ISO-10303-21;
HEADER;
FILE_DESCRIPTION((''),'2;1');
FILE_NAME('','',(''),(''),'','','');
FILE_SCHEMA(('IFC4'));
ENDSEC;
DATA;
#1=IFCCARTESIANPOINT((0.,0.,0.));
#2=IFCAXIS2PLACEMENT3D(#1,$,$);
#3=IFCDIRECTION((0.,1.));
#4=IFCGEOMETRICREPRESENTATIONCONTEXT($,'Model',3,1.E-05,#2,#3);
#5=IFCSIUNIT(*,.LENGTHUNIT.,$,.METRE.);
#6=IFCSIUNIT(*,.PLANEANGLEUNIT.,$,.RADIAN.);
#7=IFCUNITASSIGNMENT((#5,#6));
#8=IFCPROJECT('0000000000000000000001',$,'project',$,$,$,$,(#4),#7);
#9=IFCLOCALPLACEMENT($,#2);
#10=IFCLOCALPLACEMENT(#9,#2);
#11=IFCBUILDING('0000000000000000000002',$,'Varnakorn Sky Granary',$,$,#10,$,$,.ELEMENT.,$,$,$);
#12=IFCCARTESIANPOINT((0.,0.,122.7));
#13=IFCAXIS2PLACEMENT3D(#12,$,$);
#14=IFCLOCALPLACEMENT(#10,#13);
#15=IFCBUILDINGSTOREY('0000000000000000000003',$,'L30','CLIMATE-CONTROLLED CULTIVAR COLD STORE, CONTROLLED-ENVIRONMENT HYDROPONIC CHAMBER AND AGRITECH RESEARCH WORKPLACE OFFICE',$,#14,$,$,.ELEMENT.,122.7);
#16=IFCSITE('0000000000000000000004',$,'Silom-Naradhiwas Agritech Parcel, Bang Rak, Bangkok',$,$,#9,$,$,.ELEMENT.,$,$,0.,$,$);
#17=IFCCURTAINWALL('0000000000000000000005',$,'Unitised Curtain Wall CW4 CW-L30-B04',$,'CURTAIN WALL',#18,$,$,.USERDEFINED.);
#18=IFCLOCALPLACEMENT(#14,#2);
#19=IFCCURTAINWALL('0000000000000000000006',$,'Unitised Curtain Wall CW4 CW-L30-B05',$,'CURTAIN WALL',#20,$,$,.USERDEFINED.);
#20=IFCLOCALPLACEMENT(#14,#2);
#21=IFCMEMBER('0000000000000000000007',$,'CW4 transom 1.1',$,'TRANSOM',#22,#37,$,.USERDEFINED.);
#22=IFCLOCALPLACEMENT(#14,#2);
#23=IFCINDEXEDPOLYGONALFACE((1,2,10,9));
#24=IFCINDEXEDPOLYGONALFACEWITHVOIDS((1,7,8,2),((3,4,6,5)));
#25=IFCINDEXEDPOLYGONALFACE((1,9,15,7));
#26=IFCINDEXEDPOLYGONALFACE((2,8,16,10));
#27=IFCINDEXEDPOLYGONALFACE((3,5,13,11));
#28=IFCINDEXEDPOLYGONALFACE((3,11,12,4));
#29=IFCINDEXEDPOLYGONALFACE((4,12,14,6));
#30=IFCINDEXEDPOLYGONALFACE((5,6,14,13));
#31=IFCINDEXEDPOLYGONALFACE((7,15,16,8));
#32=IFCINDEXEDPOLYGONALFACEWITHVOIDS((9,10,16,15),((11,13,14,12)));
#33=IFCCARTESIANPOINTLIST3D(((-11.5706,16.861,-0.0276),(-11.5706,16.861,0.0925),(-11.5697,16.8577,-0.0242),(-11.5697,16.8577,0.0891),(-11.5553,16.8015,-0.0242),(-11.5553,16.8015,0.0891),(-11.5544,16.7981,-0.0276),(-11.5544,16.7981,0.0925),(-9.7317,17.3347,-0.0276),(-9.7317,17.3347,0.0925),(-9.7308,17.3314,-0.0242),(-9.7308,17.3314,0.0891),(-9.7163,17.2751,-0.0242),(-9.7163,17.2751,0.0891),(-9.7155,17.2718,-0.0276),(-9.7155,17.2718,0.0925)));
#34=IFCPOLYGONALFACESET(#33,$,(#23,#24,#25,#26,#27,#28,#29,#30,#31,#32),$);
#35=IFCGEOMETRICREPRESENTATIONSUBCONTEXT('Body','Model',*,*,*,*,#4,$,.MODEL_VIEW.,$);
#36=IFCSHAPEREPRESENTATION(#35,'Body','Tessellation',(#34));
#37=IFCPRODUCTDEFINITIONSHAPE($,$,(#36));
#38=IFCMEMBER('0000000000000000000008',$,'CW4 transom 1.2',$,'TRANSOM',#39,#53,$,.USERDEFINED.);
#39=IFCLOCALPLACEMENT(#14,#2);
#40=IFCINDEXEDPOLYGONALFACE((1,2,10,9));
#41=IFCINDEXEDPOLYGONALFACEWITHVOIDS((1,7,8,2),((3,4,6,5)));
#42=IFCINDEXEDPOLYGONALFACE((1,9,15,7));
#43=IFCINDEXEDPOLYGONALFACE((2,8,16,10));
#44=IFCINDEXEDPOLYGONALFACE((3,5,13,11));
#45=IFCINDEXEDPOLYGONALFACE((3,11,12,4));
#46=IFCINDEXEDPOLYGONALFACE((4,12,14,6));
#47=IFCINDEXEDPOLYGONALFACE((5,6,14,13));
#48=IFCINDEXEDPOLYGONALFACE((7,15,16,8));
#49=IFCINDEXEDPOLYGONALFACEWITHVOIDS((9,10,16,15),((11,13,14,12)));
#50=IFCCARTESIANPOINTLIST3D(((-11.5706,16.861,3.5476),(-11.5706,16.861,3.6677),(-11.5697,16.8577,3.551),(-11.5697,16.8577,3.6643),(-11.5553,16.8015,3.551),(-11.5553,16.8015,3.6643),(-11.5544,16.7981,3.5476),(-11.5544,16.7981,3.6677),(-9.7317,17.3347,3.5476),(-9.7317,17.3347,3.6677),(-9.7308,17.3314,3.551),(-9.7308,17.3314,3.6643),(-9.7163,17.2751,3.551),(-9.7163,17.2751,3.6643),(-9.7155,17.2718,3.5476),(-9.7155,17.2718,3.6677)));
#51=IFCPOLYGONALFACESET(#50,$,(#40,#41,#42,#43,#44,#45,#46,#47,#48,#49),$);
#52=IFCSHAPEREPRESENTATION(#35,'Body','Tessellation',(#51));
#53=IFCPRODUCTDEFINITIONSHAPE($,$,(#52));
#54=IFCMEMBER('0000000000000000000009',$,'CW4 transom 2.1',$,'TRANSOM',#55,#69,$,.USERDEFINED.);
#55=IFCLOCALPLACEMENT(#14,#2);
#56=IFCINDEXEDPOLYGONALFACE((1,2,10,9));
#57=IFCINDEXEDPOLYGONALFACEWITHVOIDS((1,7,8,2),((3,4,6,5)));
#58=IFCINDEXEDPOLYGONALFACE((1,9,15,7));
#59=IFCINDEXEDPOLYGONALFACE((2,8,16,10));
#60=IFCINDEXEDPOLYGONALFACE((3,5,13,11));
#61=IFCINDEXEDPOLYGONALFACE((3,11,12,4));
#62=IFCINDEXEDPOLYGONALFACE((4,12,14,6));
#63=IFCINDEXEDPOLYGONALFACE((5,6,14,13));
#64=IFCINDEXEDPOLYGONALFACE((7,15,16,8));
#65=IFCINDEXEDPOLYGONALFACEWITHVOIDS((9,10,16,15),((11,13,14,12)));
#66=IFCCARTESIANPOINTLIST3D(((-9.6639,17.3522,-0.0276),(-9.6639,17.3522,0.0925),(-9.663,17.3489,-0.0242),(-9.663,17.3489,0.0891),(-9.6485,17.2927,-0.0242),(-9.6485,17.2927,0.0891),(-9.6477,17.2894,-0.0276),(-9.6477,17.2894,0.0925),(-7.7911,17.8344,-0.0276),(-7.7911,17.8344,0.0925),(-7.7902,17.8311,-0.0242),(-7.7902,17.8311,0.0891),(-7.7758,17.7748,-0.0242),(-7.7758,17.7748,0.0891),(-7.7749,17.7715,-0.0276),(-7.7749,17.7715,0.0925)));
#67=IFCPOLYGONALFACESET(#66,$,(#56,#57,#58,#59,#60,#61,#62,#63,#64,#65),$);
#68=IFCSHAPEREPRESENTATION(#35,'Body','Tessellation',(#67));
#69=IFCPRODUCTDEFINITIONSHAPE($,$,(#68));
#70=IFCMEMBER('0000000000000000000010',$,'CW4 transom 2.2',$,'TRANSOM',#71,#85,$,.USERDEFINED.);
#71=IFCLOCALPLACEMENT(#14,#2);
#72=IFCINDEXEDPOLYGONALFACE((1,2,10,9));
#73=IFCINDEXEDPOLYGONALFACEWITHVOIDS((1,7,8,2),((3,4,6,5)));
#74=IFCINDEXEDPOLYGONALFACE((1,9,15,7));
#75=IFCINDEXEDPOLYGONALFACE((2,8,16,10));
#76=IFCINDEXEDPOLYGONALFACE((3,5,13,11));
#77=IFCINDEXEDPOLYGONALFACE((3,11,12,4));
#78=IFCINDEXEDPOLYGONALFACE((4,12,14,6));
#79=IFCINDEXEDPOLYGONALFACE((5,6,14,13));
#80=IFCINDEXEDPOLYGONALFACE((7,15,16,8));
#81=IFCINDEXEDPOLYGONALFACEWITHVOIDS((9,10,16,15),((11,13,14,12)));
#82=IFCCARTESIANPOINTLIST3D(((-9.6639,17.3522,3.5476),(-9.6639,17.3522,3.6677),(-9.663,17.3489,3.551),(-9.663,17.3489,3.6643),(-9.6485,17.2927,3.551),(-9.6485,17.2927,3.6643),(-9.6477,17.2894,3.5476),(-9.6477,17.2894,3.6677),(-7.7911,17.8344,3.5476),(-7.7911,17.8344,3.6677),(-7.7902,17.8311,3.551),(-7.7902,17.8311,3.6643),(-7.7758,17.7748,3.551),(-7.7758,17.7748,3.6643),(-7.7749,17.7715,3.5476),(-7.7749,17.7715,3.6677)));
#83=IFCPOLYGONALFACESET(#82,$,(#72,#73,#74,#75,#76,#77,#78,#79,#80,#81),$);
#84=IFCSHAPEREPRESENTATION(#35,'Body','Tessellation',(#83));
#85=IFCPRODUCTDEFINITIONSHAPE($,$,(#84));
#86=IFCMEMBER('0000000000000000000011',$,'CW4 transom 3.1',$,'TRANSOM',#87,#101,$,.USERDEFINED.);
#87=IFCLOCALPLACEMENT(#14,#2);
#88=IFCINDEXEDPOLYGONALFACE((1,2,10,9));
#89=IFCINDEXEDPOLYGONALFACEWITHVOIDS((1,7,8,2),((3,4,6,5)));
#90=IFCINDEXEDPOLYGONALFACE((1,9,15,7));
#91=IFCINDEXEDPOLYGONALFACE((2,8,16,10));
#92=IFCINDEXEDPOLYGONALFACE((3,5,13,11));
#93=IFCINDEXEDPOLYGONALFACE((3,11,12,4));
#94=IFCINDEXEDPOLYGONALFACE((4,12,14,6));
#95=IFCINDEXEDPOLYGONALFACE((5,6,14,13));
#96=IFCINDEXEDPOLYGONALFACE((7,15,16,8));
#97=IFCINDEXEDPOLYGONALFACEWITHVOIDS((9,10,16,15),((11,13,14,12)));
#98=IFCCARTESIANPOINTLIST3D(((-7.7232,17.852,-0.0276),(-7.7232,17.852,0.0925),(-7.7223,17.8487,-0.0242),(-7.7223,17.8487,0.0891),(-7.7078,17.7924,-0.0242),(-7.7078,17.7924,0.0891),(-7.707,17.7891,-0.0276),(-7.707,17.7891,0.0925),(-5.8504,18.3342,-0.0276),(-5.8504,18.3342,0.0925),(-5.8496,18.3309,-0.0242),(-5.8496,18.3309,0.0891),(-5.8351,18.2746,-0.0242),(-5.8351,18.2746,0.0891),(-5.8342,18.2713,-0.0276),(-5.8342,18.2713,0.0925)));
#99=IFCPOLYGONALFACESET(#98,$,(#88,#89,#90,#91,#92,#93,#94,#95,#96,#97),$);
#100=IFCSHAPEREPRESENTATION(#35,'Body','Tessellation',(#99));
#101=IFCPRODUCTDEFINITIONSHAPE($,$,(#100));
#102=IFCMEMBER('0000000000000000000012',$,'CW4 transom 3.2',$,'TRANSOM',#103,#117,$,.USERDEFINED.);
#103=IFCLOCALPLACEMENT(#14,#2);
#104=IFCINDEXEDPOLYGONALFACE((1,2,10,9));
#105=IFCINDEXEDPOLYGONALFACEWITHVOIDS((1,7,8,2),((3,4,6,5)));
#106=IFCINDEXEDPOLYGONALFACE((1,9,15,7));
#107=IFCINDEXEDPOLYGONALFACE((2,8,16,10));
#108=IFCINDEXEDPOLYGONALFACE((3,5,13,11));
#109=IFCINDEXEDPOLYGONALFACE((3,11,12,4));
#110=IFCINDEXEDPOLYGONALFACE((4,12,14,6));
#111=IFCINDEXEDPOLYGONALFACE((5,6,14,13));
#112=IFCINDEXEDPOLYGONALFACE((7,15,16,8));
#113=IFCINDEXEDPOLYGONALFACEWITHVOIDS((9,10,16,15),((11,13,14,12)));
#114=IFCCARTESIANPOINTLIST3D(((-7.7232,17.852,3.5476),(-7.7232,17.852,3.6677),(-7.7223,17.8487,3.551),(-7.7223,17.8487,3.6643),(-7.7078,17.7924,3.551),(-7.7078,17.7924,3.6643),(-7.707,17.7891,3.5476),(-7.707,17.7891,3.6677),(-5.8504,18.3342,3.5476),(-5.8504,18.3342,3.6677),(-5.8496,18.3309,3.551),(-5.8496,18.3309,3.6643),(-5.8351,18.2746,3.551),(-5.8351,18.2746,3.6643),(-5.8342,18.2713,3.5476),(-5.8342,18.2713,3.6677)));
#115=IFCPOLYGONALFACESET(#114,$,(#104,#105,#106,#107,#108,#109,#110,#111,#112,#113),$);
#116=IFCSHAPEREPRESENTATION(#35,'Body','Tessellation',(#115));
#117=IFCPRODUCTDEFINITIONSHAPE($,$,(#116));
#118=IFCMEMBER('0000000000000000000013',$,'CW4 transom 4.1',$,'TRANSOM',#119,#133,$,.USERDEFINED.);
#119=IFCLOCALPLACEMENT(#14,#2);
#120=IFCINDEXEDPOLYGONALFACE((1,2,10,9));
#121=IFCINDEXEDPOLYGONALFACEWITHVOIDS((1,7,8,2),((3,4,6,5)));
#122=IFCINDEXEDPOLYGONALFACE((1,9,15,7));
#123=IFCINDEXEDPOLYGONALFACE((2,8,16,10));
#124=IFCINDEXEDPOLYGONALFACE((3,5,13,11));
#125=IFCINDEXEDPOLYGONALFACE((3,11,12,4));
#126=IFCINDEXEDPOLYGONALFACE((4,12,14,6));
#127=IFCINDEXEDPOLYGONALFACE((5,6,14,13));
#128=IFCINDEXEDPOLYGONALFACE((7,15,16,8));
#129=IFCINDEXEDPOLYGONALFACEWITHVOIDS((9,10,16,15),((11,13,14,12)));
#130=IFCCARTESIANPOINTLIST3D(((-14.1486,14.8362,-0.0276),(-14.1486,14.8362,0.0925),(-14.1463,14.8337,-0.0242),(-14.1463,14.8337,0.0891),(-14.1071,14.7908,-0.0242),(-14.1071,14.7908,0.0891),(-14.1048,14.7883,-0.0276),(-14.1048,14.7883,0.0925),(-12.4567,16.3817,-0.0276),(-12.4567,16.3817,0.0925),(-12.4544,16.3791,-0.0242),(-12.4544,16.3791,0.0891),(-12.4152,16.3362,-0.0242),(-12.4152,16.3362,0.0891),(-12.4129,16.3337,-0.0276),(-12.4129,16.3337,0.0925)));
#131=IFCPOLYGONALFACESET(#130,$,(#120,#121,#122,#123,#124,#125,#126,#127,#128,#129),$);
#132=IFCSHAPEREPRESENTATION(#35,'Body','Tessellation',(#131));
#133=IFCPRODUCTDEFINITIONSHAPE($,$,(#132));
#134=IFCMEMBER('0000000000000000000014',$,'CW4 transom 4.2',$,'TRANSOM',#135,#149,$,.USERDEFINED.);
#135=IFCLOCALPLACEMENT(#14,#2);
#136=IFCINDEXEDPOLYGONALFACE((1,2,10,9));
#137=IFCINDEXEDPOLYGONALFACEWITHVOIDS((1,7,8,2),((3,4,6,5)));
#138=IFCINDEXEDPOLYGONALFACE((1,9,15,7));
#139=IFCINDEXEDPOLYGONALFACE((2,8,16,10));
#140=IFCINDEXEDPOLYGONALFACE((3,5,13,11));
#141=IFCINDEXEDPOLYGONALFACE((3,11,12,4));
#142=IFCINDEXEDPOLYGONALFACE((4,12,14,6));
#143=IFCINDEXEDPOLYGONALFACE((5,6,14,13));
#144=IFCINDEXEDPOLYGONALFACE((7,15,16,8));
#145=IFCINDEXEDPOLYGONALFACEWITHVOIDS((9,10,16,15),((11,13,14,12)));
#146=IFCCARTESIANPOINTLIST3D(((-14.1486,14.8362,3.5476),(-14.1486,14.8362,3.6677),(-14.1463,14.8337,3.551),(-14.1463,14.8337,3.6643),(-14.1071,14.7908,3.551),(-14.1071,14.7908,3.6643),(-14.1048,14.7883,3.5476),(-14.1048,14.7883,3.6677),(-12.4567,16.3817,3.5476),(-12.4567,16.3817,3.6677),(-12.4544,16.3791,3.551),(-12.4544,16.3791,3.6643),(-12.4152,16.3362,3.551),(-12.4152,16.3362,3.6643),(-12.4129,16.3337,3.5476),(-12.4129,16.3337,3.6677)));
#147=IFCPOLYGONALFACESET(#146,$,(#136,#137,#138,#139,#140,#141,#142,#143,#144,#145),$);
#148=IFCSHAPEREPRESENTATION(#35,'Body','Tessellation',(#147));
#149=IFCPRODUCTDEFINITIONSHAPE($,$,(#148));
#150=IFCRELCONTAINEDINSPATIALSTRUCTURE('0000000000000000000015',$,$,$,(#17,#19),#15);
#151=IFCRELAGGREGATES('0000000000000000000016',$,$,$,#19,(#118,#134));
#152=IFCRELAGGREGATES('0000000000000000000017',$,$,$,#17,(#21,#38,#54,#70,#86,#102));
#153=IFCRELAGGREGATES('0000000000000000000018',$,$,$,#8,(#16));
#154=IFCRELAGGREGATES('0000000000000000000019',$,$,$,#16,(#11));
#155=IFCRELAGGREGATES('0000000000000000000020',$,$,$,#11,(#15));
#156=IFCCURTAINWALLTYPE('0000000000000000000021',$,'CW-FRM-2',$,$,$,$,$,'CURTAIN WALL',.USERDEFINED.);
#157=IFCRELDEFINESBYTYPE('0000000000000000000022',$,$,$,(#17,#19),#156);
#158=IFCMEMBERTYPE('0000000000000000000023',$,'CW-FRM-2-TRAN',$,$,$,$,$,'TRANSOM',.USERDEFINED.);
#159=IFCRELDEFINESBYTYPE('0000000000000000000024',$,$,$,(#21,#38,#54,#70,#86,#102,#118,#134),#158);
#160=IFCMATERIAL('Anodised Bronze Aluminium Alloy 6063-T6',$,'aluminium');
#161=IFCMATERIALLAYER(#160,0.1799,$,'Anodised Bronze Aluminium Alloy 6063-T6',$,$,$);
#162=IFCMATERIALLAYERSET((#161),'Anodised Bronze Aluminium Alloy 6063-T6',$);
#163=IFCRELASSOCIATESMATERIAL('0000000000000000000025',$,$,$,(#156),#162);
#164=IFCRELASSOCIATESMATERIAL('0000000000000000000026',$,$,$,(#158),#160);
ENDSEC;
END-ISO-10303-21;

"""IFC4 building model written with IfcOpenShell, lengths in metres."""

from ifc_helpers import new_model, si_unit, direction, frame, origin, origin_2d, place, context, subcontext, project, spatial, hollow_rectangle, extrude, material, layer, layer_set, material_profile, profile_set, type_object, element, aggregate, save


model = new_model("IFC4")

# Units and contexts
model_context = context("Model", 3, precision=1e-05, world=origin(), true_north=direction((0.0, 1.0)))
body_context = subcontext(model_context, "Body", "Model", "MODEL_VIEW")
ifc_project = project(units=[si_unit("LENGTHUNIT", "METRE"), si_unit("PLANEANGLEUNIT", "RADIAN")], contexts=[model_context])

# Site, building, storey
site_placement = place(None, origin())
site = spatial("IfcSite", under=ifc_project, at=site_placement, Name="Silom-Naradhiwas Agritech Parcel, Bang Rak, Bangkok", CompositionType="ELEMENT", RefElevation=0.0)
building_placement = place(site_placement, origin())
building = spatial("IfcBuilding", under=site, at=building_placement, Name="Varnakorn Sky Granary", CompositionType="ELEMENT")
storey_placement = place(building_placement, frame((0.0, 0.0, 122.7)))
storey = spatial("IfcBuildingStorey", under=building, at=storey_placement, Name="L30", Description="CLIMATE-CONTROLLED CULTIVAR COLD STORE, CONTROLLED-ENVIRONMENT HYDROPONIC CHAMBER AND AGRITECH RESEARCH WORKPLACE OFFICE", CompositionType="ELEMENT", Elevation=122.7)

# Curtain walls
ifc_material_1 = material(Name="Anodised Bronze Aluminium Alloy 6063-T6", Category="aluminium")
ifc_layer_1 = layer(ifc_material_1, 0.1799, Name="Anodised Bronze Aluminium Alloy 6063-T6")
ifc_layer_set_1 = layer_set([ifc_layer_1], Name="Anodised Bronze Aluminium Alloy 6063-T6")
curtain_wall_type = type_object("IfcCurtainWallType", Name="CW-FRM-2", ElementType="CURTAIN WALL", PredefinedType="USERDEFINED", material=ifc_layer_set_1)
curtain_wall_1_placement = place(storey_placement, origin())
curtain_wall_1 = element("IfcCurtainWall", 1, at=curtain_wall_1_placement, inside=storey, type_object=curtain_wall_type, Name="Unitised Curtain Wall CW4 CW-L30-B04", ObjectType="CURTAIN WALL", PredefinedType="USERDEFINED")
curtain_wall_2_placement = place(storey_placement, origin())
curtain_wall_2 = element("IfcCurtainWall", 2, at=curtain_wall_2_placement, inside=storey, type_object=curtain_wall_type, Name="Unitised Curtain Wall CW4 CW-L30-B05", ObjectType="CURTAIN WALL", PredefinedType="USERDEFINED")

# Members
ifc_material_profile_1 = material_profile(ifc_material_1, hollow_rectangle(XDim=0.0649, YDim=0.1201, WallThickness=0.0034, at=origin_2d()), Name="ALU TRAN 65x120")
ifc_profile_set_1 = profile_set([ifc_material_profile_1], Name="Anodised Bronze Aluminium Alloy 6063-T6")
member_type_1 = type_object("IfcMemberType", Name="CW-FRM-2-TRAN", ElementType="TRANSOM", PredefinedType="USERDEFINED", material=ifc_profile_set_1)
member_1_placement = place(storey_placement, frame((-11.5625, 16.8296, 0.0325), z_axis=(0.968394, 0.249427, 0.0), x_axis=(-0.249427, 0.968394, 0.0)))
member_1 = element("IfcMember", 3, at=member_1_placement, type_object=member_type_1, Name="CW4 transom 1.1", ObjectType="TRANSOM", PredefinedType="USERDEFINED", context=body_context, shape_type="SweptSolid", body=[
    extrude(hollow_rectangle(XDim=0.0649, YDim=0.1201, WallThickness=0.0034, at=origin_2d()), origin(), (0.0, 0.0, 1.0), 1.8989),
])
member_2_placement = place(storey_placement, frame((-11.5625, 16.8296, 3.6077), z_axis=(0.968394, 0.249427, 0.0), x_axis=(-0.249427, 0.968394, 0.0)))
member_2 = element("IfcMember", 4, at=member_2_placement, type_object=member_type_1, Name="CW4 transom 1.2", ObjectType="TRANSOM", PredefinedType="USERDEFINED", context=body_context, shape_type="SweptSolid", body=[
    extrude(hollow_rectangle(XDim=0.0649, YDim=0.1201, WallThickness=0.0034, at=origin_2d()), origin(), (0.0, 0.0, 1.0), 1.8989),
])
member_3_placement = place(storey_placement, frame((-9.6558, 17.3208, 0.0325), z_axis=(0.968418, 0.249332, 0.0), x_axis=(-0.249332, 0.968418, 0.0)))
member_3 = element("IfcMember", 5, at=member_3_placement, type_object=member_type_1, Name="CW4 transom 2.1", ObjectType="TRANSOM", PredefinedType="USERDEFINED", context=body_context, shape_type="SweptSolid", body=[
    extrude(hollow_rectangle(XDim=0.0649, YDim=0.1201, WallThickness=0.0034, at=origin_2d()), origin(), (0.0, 0.0, 1.0), 1.9338),
])
member_4_placement = place(storey_placement, frame((-9.6558, 17.3208, 3.6077), z_axis=(0.968418, 0.249332, 0.0), x_axis=(-0.249332, 0.968418, 0.0)))
member_4 = element("IfcMember", 6, at=member_4_placement, type_object=member_type_1, Name="CW4 transom 2.2", ObjectType="TRANSOM", PredefinedType="USERDEFINED", context=body_context, shape_type="SweptSolid", body=[
    extrude(hollow_rectangle(XDim=0.0649, YDim=0.1201, WallThickness=0.0034, at=origin_2d()), origin(), (0.0, 0.0, 1.0), 1.9338),
])
member_5_placement = place(storey_placement, frame((-7.7151, 17.8206, 0.0325), z_axis=(0.968418, 0.249332, 0.0), x_axis=(-0.249332, 0.968418, 0.0)))
member_5 = element("IfcMember", 7, at=member_5_placement, type_object=member_type_1, Name="CW4 transom 3.1", ObjectType="TRANSOM", PredefinedType="USERDEFINED", context=body_context, shape_type="SweptSolid", body=[
    extrude(hollow_rectangle(XDim=0.0649, YDim=0.1201, WallThickness=0.0034, at=origin_2d()), origin(), (0.0, 0.0, 1.0), 1.9338),
])
member_6_placement = place(storey_placement, frame((-7.7151, 17.8206, 3.6077), z_axis=(0.968418, 0.249332, 0.0), x_axis=(-0.249332, 0.968418, 0.0)))
member_6 = element("IfcMember", 8, at=member_6_placement, type_object=member_type_1, Name="CW4 transom 3.2", ObjectType="TRANSOM", PredefinedType="USERDEFINED", context=body_context, shape_type="SweptSolid", body=[
    extrude(hollow_rectangle(XDim=0.0649, YDim=0.1201, WallThickness=0.0034, at=origin_2d()), origin(), (0.0, 0.0, 1.0), 1.9338),
])
member_7_placement = place(storey_placement, frame((-14.1267, 14.8123, 0.0325), z_axis=(0.738347, 0.674421, 0.0), x_axis=(-0.674421, 0.738347, 0.0)))
member_7 = element("IfcMember", 9, at=member_7_placement, type_object=member_type_1, Name="CW4 transom 4.1", ObjectType="TRANSOM", PredefinedType="USERDEFINED", context=body_context, shape_type="SweptSolid", body=[
    extrude(hollow_rectangle(XDim=0.0649, YDim=0.1201, WallThickness=0.0034, at=origin_2d()), origin(), (0.0, 0.0, 1.0), 2.2915),
])
member_8_placement = place(storey_placement, frame((-14.1267, 14.8123, 3.6077), z_axis=(0.738347, 0.674421, 0.0), x_axis=(-0.674421, 0.738347, 0.0)))
member_8 = element("IfcMember", 10, at=member_8_placement, type_object=member_type_1, Name="CW4 transom 4.2", ObjectType="TRANSOM", PredefinedType="USERDEFINED", context=body_context, shape_type="SweptSolid", body=[
    extrude(hollow_rectangle(XDim=0.0649, YDim=0.1201, WallThickness=0.0034, at=origin_2d()), origin(), (0.0, 0.0, 1.0), 2.2915),
])

aggregate(curtain_wall_2, [member_7, member_8])
aggregate(curtain_wall_1, [member_1, member_2, member_3, member_4, member_5, member_6])

save(model, "model.ifc")
